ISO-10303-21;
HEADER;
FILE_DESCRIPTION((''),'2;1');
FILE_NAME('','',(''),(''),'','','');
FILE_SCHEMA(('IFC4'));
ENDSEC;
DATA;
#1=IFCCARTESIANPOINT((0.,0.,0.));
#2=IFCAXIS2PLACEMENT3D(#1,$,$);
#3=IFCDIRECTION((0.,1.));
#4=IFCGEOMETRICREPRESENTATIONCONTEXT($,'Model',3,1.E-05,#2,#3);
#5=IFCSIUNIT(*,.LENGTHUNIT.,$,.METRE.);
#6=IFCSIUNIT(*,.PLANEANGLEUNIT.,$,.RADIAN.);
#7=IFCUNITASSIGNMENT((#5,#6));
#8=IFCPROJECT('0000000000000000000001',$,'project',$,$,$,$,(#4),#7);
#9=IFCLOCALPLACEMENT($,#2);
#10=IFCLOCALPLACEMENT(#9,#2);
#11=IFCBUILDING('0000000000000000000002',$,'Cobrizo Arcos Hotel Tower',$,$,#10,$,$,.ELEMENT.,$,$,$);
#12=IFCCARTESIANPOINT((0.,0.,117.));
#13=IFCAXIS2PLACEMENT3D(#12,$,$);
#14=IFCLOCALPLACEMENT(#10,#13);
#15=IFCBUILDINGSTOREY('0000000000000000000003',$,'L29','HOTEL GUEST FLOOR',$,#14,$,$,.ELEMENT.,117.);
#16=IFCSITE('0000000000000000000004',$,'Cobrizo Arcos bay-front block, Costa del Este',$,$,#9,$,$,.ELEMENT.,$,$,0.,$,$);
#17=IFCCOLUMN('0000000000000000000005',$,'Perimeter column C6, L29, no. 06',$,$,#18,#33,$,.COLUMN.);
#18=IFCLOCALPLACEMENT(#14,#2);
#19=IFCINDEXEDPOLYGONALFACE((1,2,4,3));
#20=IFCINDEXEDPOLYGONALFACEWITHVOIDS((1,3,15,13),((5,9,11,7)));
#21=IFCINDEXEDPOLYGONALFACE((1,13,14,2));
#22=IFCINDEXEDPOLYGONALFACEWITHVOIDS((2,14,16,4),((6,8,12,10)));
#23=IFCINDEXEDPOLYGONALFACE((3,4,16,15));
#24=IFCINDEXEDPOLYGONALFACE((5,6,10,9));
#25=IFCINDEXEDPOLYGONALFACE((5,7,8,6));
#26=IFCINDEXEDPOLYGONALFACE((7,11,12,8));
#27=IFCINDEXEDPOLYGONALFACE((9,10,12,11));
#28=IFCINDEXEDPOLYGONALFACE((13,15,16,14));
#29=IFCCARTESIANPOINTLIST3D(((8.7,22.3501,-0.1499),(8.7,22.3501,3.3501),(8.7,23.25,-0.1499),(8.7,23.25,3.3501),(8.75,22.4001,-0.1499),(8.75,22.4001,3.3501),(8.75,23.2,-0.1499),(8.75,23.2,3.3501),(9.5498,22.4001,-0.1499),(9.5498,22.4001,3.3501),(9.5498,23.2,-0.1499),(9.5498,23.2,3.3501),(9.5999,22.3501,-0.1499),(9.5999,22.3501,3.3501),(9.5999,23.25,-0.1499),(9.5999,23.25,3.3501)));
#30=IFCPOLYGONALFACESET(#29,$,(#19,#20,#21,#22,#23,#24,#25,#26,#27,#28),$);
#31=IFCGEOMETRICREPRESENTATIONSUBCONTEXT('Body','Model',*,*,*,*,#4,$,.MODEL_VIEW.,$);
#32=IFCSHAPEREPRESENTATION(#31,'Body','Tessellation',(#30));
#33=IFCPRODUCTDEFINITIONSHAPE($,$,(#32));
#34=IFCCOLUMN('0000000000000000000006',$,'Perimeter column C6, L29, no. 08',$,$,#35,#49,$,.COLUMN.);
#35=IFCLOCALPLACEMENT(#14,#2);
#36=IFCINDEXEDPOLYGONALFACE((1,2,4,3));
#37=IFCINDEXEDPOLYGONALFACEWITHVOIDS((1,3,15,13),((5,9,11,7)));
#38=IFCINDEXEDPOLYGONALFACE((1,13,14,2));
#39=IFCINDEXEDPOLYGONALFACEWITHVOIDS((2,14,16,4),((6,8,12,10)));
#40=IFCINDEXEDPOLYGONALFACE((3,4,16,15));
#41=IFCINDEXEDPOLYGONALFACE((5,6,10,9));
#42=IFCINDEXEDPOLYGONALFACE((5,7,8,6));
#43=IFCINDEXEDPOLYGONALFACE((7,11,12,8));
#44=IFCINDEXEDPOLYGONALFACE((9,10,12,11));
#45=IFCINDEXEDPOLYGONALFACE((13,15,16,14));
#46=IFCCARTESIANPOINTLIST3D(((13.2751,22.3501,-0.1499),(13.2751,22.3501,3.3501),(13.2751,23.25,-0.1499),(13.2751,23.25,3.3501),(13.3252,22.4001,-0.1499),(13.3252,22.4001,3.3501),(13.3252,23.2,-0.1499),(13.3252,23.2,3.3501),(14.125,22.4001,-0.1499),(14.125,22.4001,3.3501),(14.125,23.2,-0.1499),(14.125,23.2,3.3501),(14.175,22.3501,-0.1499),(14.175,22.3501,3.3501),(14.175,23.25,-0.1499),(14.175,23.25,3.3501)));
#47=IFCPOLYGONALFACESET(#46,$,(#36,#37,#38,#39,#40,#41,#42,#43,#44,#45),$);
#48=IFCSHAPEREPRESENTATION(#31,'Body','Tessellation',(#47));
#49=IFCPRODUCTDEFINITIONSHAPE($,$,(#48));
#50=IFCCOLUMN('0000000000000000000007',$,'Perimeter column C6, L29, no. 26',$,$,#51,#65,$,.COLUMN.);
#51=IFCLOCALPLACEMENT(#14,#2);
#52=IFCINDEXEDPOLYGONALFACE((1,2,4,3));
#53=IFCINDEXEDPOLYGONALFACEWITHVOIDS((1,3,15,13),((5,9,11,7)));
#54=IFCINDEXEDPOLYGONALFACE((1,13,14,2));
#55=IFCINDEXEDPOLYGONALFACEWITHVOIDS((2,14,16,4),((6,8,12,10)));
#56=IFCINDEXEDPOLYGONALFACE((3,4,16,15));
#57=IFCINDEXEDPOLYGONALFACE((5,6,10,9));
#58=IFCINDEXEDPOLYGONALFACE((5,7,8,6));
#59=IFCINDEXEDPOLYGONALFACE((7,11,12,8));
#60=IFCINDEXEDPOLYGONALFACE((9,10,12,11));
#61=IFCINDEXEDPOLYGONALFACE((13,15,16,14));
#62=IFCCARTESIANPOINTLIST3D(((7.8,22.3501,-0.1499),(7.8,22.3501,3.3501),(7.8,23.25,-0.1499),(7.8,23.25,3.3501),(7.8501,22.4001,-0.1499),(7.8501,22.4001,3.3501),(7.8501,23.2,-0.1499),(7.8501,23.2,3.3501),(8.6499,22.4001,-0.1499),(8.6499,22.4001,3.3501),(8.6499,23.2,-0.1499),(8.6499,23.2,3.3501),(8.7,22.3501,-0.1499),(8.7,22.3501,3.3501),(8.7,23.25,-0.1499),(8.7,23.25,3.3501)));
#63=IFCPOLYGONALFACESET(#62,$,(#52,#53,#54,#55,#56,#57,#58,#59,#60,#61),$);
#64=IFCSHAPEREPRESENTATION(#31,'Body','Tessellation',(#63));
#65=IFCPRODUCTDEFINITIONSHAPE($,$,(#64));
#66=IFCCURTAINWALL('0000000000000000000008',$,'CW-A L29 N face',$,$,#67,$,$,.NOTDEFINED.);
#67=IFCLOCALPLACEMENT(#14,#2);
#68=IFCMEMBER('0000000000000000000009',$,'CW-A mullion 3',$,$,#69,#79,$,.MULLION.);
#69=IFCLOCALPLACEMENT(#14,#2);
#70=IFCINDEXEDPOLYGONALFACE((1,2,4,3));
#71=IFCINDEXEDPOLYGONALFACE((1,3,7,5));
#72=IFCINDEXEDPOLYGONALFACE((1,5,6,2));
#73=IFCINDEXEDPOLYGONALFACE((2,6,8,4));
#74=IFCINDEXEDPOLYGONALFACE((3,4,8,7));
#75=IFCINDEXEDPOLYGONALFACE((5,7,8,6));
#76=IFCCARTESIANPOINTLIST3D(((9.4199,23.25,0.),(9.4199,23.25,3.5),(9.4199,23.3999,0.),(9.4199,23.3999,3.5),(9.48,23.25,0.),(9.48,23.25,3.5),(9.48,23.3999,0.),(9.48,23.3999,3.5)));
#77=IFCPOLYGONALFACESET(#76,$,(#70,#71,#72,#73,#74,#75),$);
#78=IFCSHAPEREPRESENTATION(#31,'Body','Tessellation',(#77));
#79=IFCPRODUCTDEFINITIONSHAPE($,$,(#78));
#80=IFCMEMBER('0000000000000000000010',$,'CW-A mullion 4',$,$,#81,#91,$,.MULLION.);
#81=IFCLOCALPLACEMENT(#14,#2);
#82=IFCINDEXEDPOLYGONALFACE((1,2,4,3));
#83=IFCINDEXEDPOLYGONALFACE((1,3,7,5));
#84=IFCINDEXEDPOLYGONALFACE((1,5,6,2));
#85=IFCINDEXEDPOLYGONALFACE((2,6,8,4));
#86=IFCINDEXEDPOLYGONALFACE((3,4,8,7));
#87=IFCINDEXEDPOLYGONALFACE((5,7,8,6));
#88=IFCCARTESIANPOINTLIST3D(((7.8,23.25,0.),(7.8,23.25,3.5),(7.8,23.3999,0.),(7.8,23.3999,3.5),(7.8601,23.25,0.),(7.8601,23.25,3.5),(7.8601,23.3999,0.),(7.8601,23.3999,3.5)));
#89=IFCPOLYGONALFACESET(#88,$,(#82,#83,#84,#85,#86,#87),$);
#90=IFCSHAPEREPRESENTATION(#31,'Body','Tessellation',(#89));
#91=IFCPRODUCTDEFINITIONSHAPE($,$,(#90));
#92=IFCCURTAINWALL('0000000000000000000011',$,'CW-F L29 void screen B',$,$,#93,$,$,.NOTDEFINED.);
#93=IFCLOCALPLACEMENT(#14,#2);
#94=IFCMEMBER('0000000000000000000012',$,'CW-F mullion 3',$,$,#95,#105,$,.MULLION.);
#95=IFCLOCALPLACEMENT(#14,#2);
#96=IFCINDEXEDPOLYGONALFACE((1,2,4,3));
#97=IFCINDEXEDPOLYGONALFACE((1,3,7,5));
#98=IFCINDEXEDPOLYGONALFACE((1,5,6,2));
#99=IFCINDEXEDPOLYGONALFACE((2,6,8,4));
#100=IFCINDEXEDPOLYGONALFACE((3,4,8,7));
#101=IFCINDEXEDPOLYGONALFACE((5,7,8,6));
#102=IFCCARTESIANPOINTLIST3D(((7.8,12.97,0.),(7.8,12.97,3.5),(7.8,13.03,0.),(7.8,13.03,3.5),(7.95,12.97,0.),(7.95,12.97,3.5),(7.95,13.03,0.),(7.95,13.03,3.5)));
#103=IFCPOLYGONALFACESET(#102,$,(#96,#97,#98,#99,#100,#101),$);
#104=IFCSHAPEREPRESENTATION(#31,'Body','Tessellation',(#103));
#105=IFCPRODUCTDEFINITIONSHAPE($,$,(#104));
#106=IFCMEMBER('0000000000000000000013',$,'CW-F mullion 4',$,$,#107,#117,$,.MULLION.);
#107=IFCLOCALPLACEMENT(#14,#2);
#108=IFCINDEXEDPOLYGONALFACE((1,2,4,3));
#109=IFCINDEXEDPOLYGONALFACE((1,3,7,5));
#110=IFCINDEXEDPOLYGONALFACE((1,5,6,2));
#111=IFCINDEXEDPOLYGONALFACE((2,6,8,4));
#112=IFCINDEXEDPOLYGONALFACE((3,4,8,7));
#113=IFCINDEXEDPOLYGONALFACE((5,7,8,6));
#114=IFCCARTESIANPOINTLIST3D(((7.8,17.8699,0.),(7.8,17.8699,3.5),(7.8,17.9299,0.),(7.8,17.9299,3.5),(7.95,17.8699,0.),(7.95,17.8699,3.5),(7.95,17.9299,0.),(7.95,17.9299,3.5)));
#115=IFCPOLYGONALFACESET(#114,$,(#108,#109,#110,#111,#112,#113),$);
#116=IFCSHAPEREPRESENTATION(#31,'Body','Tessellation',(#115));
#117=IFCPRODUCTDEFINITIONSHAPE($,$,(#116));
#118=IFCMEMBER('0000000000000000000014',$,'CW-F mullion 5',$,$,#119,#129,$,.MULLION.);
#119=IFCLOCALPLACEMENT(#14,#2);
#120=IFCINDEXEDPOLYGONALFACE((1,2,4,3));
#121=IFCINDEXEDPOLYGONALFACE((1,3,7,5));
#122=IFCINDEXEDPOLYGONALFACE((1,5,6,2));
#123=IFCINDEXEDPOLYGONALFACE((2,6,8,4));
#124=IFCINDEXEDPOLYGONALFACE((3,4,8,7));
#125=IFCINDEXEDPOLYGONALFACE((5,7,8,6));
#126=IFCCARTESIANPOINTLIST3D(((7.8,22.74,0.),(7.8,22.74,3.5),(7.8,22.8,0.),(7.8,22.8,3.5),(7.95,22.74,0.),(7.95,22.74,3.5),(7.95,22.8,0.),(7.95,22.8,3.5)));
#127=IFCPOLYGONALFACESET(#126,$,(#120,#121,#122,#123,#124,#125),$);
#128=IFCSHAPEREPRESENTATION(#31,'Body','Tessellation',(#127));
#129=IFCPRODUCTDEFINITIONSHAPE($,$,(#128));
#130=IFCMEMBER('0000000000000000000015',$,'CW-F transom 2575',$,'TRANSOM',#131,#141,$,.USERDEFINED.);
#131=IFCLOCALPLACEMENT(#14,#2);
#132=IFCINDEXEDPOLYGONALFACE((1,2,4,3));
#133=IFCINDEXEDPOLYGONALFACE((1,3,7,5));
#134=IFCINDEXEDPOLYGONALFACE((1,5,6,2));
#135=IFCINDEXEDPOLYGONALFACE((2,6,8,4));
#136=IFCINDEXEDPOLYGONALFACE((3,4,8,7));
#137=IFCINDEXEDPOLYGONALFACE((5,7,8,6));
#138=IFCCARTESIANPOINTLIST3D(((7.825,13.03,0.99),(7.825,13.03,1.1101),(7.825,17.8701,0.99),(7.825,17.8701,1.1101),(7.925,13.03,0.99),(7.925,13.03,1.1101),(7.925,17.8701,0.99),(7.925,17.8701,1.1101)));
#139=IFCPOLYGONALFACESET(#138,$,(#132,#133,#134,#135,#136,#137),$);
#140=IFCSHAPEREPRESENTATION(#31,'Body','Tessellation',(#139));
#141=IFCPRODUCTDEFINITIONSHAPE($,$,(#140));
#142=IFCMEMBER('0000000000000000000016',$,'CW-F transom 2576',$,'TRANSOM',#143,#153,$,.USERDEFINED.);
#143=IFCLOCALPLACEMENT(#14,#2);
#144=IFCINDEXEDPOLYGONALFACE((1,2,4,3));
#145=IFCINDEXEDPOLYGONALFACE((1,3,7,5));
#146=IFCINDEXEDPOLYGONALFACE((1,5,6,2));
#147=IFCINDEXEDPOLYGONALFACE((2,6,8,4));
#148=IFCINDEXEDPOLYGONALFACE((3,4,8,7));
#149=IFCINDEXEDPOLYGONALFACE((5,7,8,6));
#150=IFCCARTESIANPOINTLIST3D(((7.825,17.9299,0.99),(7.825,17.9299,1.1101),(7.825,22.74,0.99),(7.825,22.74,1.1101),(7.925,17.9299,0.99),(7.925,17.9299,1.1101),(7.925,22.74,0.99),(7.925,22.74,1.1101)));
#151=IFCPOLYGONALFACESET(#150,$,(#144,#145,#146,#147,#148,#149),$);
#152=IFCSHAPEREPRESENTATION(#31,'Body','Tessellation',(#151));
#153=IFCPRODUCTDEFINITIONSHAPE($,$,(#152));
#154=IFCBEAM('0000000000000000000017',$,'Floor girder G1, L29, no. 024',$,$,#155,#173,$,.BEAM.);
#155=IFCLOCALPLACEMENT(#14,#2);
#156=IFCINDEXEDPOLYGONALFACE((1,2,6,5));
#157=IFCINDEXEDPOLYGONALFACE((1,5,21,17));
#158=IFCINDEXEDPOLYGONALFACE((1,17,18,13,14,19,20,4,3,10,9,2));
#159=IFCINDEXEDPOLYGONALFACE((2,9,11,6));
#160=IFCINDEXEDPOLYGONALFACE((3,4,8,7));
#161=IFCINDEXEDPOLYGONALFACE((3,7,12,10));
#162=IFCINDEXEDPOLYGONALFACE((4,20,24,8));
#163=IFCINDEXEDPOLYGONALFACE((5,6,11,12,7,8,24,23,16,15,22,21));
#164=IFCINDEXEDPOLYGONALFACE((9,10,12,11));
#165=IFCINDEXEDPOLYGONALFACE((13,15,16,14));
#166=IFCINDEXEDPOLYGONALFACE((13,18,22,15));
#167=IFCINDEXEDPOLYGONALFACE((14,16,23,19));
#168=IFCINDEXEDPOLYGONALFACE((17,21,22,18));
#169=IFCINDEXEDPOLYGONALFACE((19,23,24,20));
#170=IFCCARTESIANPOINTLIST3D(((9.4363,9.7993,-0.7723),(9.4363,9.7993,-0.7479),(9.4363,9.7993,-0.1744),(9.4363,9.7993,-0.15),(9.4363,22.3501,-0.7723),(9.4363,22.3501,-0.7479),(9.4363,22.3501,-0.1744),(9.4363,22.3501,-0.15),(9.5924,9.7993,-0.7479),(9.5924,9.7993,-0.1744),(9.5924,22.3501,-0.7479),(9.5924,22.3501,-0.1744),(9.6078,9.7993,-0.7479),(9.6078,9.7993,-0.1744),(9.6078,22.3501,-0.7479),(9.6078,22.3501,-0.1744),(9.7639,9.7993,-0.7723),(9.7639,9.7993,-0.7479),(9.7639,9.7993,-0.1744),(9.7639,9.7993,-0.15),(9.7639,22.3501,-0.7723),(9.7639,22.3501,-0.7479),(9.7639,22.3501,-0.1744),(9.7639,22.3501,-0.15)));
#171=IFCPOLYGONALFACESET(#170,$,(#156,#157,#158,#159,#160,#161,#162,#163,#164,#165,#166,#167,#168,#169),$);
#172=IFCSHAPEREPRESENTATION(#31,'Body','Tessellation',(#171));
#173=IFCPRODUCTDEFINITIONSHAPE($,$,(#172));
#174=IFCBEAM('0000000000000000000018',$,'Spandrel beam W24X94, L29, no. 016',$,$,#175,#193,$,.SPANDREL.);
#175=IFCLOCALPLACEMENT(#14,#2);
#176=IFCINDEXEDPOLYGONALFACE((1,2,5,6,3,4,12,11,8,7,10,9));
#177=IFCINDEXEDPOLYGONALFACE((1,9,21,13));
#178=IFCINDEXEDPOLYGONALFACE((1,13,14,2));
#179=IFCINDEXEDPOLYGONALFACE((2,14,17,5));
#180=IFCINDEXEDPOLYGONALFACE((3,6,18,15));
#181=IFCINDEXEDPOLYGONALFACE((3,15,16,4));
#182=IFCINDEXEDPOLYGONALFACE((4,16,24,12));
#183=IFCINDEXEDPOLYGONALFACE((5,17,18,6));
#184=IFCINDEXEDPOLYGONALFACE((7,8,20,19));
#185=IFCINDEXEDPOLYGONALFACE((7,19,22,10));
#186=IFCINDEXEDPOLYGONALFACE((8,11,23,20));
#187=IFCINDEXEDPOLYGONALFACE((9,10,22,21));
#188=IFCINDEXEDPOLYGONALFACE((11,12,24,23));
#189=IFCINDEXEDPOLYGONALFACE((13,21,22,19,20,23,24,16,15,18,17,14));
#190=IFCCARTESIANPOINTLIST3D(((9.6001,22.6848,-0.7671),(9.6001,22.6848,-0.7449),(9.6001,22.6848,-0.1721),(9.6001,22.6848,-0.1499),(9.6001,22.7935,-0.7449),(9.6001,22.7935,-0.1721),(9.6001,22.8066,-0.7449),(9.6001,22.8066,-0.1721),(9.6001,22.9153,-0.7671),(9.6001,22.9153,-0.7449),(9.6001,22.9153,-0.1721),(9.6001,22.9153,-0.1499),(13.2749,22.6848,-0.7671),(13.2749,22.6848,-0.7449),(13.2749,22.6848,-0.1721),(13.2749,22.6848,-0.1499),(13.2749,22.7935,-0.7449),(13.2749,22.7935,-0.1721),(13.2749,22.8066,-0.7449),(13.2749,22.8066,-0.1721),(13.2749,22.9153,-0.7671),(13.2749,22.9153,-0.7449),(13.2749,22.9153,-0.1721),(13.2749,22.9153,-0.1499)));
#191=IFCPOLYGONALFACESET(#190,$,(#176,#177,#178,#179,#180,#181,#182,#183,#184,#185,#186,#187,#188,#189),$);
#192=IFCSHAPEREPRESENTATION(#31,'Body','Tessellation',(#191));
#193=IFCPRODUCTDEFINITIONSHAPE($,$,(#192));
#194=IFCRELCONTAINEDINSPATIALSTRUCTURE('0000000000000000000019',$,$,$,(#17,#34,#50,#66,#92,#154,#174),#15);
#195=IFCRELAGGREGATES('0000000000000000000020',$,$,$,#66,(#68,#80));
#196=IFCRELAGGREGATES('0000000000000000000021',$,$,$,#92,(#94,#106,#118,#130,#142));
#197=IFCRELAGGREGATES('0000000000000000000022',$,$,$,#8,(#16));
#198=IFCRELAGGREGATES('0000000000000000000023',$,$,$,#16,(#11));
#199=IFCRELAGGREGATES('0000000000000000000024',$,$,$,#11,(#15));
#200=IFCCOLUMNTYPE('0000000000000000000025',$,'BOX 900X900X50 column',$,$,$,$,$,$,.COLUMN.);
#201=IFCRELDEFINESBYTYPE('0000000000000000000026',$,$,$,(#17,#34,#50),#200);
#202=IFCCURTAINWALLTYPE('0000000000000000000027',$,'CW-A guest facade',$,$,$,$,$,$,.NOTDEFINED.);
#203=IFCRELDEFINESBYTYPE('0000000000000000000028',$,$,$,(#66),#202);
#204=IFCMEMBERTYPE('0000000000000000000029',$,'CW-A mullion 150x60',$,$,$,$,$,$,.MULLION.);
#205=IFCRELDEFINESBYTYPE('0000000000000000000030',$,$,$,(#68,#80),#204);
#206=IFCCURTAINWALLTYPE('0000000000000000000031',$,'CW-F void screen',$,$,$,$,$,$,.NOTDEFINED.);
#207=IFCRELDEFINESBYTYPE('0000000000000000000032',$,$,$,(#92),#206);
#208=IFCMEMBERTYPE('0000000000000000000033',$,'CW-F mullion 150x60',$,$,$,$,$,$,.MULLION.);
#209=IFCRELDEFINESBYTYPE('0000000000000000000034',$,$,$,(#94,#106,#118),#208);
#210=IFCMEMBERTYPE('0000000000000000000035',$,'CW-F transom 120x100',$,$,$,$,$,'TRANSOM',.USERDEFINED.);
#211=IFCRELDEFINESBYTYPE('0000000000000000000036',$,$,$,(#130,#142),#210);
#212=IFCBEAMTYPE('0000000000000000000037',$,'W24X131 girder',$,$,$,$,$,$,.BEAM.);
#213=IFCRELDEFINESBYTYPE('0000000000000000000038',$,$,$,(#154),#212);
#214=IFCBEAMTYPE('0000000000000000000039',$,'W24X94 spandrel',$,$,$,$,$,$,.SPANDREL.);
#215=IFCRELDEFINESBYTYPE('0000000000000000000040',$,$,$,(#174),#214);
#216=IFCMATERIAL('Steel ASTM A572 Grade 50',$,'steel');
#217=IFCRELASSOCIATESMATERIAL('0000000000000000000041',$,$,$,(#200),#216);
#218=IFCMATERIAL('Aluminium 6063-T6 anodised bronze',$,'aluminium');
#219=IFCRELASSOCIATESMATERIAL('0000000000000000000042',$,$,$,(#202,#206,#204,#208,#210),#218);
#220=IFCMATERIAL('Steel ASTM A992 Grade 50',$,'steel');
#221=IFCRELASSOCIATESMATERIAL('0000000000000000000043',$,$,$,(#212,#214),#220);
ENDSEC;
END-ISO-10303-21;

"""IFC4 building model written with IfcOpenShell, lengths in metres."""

from ifc_helpers import new_model, si_unit, direction, frame, origin, origin_2d, place, context, subcontext, project, spatial, rectangle, hollow_rectangle, i_section, extrude, material, material_profile, profile_set, type_object, element, aggregate, save


model = new_model("IFC4")

# Units and contexts
model_context = context("Model", 3, precision=1e-05, world=origin(), true_north=direction((0.0, 1.0)))
body_context = subcontext(model_context, "Body", "Model", "MODEL_VIEW")
ifc_project = project(units=[si_unit("LENGTHUNIT", "METRE"), si_unit("PLANEANGLEUNIT", "RADIAN")], contexts=[model_context])

# Site, building, storey
site_placement = place(None, origin())
site = spatial("IfcSite", under=ifc_project, at=site_placement, Name="Cobrizo Arcos bay-front block, Costa del Este", CompositionType="ELEMENT", RefElevation=0.0)
building_placement = place(site_placement, origin())
building = spatial("IfcBuilding", under=site, at=building_placement, Name="Cobrizo Arcos Hotel Tower", CompositionType="ELEMENT")
storey_placement = place(building_placement, frame((0.0, 0.0, 117.0)))
storey = spatial("IfcBuildingStorey", under=building, at=storey_placement, Name="L29", Description="HOTEL GUEST FLOOR", CompositionType="ELEMENT", Elevation=117.0)

# Columns
ifc_material_1 = material(Name="Steel ASTM A572 Grade 50", Category="steel")
ifc_material_profile_1 = material_profile(ifc_material_1, hollow_rectangle(XDim=0.8999, YDim=0.8999, WallThickness=0.05, at=origin_2d()), Name="BOX 900X900X50")
ifc_profile_set_1 = profile_set([ifc_material_profile_1], Name="Steel ASTM A572 Grade 50")
column_type = type_object("IfcColumnType", Name="BOX 900X900X50 column", PredefinedType="COLUMN", material=ifc_profile_set_1)
for number, where, z_axis, x_axis, name in (
    (1, (9.1499, 22.8, -0.1499), (0.0, 0.0, 1.0), (1.0, 0.0, 0.0), "Perimeter column C6, L29, no. 06"),
    (2, (13.7251, 22.8, -0.1499), (0.0, 0.0, 1.0), (1.0, 0.0, 0.0), "Perimeter column C6, L29, no. 08"),
    (3, (8.25, 22.8, -0.1499), (0.0, 0.0, 1.0), (1.0, 0.0, 0.0), "Perimeter column C6, L29, no. 26"),
):
    element("IfcColumn", number, at=place(storey_placement, frame(where, z_axis=z_axis, x_axis=x_axis)), inside=storey, type_object=column_type, Name=name, PredefinedType="COLUMN", context=body_context, shape_type="SweptSolid", body=[
        extrude(hollow_rectangle(XDim=0.8999, YDim=0.8999, WallThickness=0.05, at=origin_2d()), origin(), (0.0, 0.0, 1.0), 3.5),
    ])

# Curtain walls, members
ifc_material_2 = material(Name="Aluminium 6063-T6 anodised bronze", Category="aluminium")
curtain_wall_type_1 = type_object("IfcCurtainWallType", Name="CW-A guest facade", PredefinedType="NOTDEFINED", material=ifc_material_2)
curtain_wall_1_placement = place(storey_placement, origin())
curtain_wall_1 = element("IfcCurtainWall", 4, at=curtain_wall_1_placement, inside=storey, type_object=curtain_wall_type_1, Name="CW-A L29 N face", PredefinedType="NOTDEFINED")
ifc_material_profile_2 = material_profile(ifc_material_2, rectangle(XDim=0.1499, YDim=0.0601, at=origin_2d()), Name="CW-A mullion 150x60")
ifc_profile_set_2 = profile_set([ifc_material_profile_2], Name="Aluminium 6063-T6 anodised bronze")
member_type_1 = type_object("IfcMemberType", Name="CW-A mullion 150x60", PredefinedType="MULLION", material=ifc_profile_set_2)
member_1_placement = place(storey_placement, frame((9.45, 23.325, 0.0), z_axis=(0.0, 0.0, 1.0), x_axis=(0.0, 1.0, 0.0)))
member_1 = element("IfcMember", 5, at=member_1_placement, type_object=member_type_1, Name="CW-A mullion 3", PredefinedType="MULLION", context=body_context, shape_type="SweptSolid", body=[
    extrude(rectangle(XDim=0.1499, YDim=0.0601, at=origin_2d()), origin(), (0.0, 0.0, 1.0), 3.5),
])
member_2_placement = place(storey_placement, frame((7.8301, 23.325, 0.0), z_axis=(0.0, 0.0, 1.0), x_axis=(0.0, 1.0, 0.0)))
member_2 = element("IfcMember", 6, at=member_2_placement, type_object=member_type_1, Name="CW-A mullion 4", PredefinedType="MULLION", context=body_context, shape_type="SweptSolid", body=[
    extrude(rectangle(XDim=0.1499, YDim=0.0601, at=origin_2d()), origin(), (0.0, 0.0, 1.0), 3.5),
])
curtain_wall_type_2 = type_object("IfcCurtainWallType", Name="CW-F void screen", PredefinedType="NOTDEFINED", material=ifc_material_2)
curtain_wall_2_placement = place(storey_placement, origin())
curtain_wall_2 = element("IfcCurtainWall", 7, at=curtain_wall_2_placement, inside=storey, type_object=curtain_wall_type_2, Name="CW-F L29 void screen B", PredefinedType="NOTDEFINED")
ifc_material_profile_3 = material_profile(ifc_material_2, rectangle(XDim=0.1499, YDim=0.0601, at=origin_2d()), Name="CW-F mullion 150x60")
ifc_profile_set_3 = profile_set([ifc_material_profile_3], Name="Aluminium 6063-T6 anodised bronze")
member_type_2 = type_object("IfcMemberType", Name="CW-F mullion 150x60", PredefinedType="MULLION", material=ifc_profile_set_3)
member_3_placement = place(storey_placement, frame((7.875, 13.0, 0.0), z_axis=(0.0, 0.0, 1.0), x_axis=(1.0, 0.0, 0.0)))
member_3 = element("IfcMember", 8, at=member_3_placement, type_object=member_type_2, Name="CW-F mullion 3", PredefinedType="MULLION", context=body_context, shape_type="SweptSolid", body=[
    extrude(rectangle(XDim=0.1499, YDim=0.0601, at=origin_2d()), origin(), (0.0, 0.0, 1.0), 3.5),
])
member_4_placement = place(storey_placement, frame((7.875, 17.8999, 0.0), z_axis=(0.0, 0.0, 1.0), x_axis=(1.0, 0.0, 0.0)))
member_4 = element("IfcMember", 9, at=member_4_placement, type_object=member_type_2, Name="CW-F mullion 4", PredefinedType="MULLION", context=body_context, shape_type="SweptSolid", body=[
    extrude(rectangle(XDim=0.1499, YDim=0.0601, at=origin_2d()), origin(), (0.0, 0.0, 1.0), 3.5),
])
member_5_placement = place(storey_placement, frame((7.875, 22.77, 0.0), z_axis=(0.0, 0.0, 1.0), x_axis=(1.0, 0.0, 0.0)))
member_5 = element("IfcMember", 10, at=member_5_placement, type_object=member_type_2, Name="CW-F mullion 5", PredefinedType="MULLION", context=body_context, shape_type="SweptSolid", body=[
    extrude(rectangle(XDim=0.1499, YDim=0.0601, at=origin_2d()), origin(), (0.0, 0.0, 1.0), 3.5),
])
ifc_material_profile_4 = material_profile(ifc_material_2, rectangle(XDim=0.1001, YDim=0.1201, at=origin_2d()), Name="CW-F transom 120x100")
ifc_profile_set_4 = profile_set([ifc_material_profile_4], Name="Aluminium 6063-T6 anodised bronze")
member_type_3 = type_object("IfcMemberType", Name="CW-F transom 120x100", ElementType="TRANSOM", PredefinedType="USERDEFINED", material=ifc_profile_set_4)
member_6_placement = place(storey_placement, frame((7.875, 13.03, 1.05), z_axis=(0.0, 1.0, 0.0), x_axis=(-1.0, 0.0, 0.0)))
member_6 = element("IfcMember", 11, at=member_6_placement, type_object=member_type_3, Name="CW-F transom 2575", ObjectType="TRANSOM", PredefinedType="USERDEFINED", context=body_context, shape_type="SweptSolid", body=[
    extrude(rectangle(XDim=0.1001, YDim=0.1201, at=origin_2d()), origin(), (0.0, 0.0, 1.0), 4.8401),
])
member_7_placement = place(storey_placement, frame((7.875, 17.9299, 1.05), z_axis=(0.0, 1.0, 0.0), x_axis=(-1.0, 0.0, 0.0)))
member_7 = element("IfcMember", 12, at=member_7_placement, type_object=member_type_3, Name="CW-F transom 2576", ObjectType="TRANSOM", PredefinedType="USERDEFINED", context=body_context, shape_type="SweptSolid", body=[
    extrude(rectangle(XDim=0.1001, YDim=0.1201, at=origin_2d()), origin(), (0.0, 0.0, 1.0), 4.8101),
])

# Beams
ifc_material_3 = material(Name="Steel ASTM A992 Grade 50", Category="steel")
ifc_material_profile_5 = material_profile(ifc_material_3, i_section(OverallWidth=0.3276, OverallDepth=0.6223, WebThickness=0.0154, FlangeThickness=0.0244, at=origin_2d()), Name="W24X131")
ifc_profile_set_5 = profile_set([ifc_material_profile_5], Name="Steel ASTM A992 Grade 50")
beam_type_1 = type_object("IfcBeamType", Name="W24X131 girder", PredefinedType="BEAM", material=ifc_profile_set_5)
beam_1_placement = place(storey_placement, frame((9.6001, 9.7993, -0.4612), z_axis=(0.0, 1.0, 0.0), x_axis=(-1.0, 0.0, 0.0)))
element("IfcBeam", 13, at=beam_1_placement, inside=storey, type_object=beam_type_1, Name="Floor girder G1, L29, no. 024", PredefinedType="BEAM", context=body_context, shape_type="SweptSolid", body=[
    extrude(i_section(OverallWidth=0.3276, OverallDepth=0.6223, WebThickness=0.0154, FlangeThickness=0.0244, at=origin_2d()), origin(), (0.0, 0.0, 1.0), 12.5508),
])
ifc_material_profile_6 = material_profile(ifc_material_3, i_section(OverallWidth=0.2305, OverallDepth=0.6172, WebThickness=0.0132, FlangeThickness=0.0222, at=origin_2d()), Name="W24X94")
ifc_profile_set_6 = profile_set([ifc_material_profile_6], Name="Steel ASTM A992 Grade 50")
beam_type_2 = type_object("IfcBeamType", Name="W24X94 spandrel", PredefinedType="SPANDREL", material=ifc_profile_set_6)
beam_2_placement = place(storey_placement, frame((13.2749, 22.8, -0.4585), z_axis=(-1.0, 0.0, 0.0), x_axis=(0.0, -1.0, 0.0)))
element("IfcBeam", 14, at=beam_2_placement, inside=storey, type_object=beam_type_2, Name="Spandrel beam W24X94, L29, no. 016", PredefinedType="SPANDREL", context=body_context, shape_type="SweptSolid", body=[
    extrude(i_section(OverallWidth=0.2305, OverallDepth=0.6172, WebThickness=0.0132, FlangeThickness=0.0222, at=origin_2d()), origin(), (0.0, 0.0, 1.0), 3.6748),
])

aggregate(curtain_wall_1, [member_1, member_2])
aggregate(curtain_wall_2, [member_3, member_4, member_5, member_6, member_7])

save(model, "model.ifc")
